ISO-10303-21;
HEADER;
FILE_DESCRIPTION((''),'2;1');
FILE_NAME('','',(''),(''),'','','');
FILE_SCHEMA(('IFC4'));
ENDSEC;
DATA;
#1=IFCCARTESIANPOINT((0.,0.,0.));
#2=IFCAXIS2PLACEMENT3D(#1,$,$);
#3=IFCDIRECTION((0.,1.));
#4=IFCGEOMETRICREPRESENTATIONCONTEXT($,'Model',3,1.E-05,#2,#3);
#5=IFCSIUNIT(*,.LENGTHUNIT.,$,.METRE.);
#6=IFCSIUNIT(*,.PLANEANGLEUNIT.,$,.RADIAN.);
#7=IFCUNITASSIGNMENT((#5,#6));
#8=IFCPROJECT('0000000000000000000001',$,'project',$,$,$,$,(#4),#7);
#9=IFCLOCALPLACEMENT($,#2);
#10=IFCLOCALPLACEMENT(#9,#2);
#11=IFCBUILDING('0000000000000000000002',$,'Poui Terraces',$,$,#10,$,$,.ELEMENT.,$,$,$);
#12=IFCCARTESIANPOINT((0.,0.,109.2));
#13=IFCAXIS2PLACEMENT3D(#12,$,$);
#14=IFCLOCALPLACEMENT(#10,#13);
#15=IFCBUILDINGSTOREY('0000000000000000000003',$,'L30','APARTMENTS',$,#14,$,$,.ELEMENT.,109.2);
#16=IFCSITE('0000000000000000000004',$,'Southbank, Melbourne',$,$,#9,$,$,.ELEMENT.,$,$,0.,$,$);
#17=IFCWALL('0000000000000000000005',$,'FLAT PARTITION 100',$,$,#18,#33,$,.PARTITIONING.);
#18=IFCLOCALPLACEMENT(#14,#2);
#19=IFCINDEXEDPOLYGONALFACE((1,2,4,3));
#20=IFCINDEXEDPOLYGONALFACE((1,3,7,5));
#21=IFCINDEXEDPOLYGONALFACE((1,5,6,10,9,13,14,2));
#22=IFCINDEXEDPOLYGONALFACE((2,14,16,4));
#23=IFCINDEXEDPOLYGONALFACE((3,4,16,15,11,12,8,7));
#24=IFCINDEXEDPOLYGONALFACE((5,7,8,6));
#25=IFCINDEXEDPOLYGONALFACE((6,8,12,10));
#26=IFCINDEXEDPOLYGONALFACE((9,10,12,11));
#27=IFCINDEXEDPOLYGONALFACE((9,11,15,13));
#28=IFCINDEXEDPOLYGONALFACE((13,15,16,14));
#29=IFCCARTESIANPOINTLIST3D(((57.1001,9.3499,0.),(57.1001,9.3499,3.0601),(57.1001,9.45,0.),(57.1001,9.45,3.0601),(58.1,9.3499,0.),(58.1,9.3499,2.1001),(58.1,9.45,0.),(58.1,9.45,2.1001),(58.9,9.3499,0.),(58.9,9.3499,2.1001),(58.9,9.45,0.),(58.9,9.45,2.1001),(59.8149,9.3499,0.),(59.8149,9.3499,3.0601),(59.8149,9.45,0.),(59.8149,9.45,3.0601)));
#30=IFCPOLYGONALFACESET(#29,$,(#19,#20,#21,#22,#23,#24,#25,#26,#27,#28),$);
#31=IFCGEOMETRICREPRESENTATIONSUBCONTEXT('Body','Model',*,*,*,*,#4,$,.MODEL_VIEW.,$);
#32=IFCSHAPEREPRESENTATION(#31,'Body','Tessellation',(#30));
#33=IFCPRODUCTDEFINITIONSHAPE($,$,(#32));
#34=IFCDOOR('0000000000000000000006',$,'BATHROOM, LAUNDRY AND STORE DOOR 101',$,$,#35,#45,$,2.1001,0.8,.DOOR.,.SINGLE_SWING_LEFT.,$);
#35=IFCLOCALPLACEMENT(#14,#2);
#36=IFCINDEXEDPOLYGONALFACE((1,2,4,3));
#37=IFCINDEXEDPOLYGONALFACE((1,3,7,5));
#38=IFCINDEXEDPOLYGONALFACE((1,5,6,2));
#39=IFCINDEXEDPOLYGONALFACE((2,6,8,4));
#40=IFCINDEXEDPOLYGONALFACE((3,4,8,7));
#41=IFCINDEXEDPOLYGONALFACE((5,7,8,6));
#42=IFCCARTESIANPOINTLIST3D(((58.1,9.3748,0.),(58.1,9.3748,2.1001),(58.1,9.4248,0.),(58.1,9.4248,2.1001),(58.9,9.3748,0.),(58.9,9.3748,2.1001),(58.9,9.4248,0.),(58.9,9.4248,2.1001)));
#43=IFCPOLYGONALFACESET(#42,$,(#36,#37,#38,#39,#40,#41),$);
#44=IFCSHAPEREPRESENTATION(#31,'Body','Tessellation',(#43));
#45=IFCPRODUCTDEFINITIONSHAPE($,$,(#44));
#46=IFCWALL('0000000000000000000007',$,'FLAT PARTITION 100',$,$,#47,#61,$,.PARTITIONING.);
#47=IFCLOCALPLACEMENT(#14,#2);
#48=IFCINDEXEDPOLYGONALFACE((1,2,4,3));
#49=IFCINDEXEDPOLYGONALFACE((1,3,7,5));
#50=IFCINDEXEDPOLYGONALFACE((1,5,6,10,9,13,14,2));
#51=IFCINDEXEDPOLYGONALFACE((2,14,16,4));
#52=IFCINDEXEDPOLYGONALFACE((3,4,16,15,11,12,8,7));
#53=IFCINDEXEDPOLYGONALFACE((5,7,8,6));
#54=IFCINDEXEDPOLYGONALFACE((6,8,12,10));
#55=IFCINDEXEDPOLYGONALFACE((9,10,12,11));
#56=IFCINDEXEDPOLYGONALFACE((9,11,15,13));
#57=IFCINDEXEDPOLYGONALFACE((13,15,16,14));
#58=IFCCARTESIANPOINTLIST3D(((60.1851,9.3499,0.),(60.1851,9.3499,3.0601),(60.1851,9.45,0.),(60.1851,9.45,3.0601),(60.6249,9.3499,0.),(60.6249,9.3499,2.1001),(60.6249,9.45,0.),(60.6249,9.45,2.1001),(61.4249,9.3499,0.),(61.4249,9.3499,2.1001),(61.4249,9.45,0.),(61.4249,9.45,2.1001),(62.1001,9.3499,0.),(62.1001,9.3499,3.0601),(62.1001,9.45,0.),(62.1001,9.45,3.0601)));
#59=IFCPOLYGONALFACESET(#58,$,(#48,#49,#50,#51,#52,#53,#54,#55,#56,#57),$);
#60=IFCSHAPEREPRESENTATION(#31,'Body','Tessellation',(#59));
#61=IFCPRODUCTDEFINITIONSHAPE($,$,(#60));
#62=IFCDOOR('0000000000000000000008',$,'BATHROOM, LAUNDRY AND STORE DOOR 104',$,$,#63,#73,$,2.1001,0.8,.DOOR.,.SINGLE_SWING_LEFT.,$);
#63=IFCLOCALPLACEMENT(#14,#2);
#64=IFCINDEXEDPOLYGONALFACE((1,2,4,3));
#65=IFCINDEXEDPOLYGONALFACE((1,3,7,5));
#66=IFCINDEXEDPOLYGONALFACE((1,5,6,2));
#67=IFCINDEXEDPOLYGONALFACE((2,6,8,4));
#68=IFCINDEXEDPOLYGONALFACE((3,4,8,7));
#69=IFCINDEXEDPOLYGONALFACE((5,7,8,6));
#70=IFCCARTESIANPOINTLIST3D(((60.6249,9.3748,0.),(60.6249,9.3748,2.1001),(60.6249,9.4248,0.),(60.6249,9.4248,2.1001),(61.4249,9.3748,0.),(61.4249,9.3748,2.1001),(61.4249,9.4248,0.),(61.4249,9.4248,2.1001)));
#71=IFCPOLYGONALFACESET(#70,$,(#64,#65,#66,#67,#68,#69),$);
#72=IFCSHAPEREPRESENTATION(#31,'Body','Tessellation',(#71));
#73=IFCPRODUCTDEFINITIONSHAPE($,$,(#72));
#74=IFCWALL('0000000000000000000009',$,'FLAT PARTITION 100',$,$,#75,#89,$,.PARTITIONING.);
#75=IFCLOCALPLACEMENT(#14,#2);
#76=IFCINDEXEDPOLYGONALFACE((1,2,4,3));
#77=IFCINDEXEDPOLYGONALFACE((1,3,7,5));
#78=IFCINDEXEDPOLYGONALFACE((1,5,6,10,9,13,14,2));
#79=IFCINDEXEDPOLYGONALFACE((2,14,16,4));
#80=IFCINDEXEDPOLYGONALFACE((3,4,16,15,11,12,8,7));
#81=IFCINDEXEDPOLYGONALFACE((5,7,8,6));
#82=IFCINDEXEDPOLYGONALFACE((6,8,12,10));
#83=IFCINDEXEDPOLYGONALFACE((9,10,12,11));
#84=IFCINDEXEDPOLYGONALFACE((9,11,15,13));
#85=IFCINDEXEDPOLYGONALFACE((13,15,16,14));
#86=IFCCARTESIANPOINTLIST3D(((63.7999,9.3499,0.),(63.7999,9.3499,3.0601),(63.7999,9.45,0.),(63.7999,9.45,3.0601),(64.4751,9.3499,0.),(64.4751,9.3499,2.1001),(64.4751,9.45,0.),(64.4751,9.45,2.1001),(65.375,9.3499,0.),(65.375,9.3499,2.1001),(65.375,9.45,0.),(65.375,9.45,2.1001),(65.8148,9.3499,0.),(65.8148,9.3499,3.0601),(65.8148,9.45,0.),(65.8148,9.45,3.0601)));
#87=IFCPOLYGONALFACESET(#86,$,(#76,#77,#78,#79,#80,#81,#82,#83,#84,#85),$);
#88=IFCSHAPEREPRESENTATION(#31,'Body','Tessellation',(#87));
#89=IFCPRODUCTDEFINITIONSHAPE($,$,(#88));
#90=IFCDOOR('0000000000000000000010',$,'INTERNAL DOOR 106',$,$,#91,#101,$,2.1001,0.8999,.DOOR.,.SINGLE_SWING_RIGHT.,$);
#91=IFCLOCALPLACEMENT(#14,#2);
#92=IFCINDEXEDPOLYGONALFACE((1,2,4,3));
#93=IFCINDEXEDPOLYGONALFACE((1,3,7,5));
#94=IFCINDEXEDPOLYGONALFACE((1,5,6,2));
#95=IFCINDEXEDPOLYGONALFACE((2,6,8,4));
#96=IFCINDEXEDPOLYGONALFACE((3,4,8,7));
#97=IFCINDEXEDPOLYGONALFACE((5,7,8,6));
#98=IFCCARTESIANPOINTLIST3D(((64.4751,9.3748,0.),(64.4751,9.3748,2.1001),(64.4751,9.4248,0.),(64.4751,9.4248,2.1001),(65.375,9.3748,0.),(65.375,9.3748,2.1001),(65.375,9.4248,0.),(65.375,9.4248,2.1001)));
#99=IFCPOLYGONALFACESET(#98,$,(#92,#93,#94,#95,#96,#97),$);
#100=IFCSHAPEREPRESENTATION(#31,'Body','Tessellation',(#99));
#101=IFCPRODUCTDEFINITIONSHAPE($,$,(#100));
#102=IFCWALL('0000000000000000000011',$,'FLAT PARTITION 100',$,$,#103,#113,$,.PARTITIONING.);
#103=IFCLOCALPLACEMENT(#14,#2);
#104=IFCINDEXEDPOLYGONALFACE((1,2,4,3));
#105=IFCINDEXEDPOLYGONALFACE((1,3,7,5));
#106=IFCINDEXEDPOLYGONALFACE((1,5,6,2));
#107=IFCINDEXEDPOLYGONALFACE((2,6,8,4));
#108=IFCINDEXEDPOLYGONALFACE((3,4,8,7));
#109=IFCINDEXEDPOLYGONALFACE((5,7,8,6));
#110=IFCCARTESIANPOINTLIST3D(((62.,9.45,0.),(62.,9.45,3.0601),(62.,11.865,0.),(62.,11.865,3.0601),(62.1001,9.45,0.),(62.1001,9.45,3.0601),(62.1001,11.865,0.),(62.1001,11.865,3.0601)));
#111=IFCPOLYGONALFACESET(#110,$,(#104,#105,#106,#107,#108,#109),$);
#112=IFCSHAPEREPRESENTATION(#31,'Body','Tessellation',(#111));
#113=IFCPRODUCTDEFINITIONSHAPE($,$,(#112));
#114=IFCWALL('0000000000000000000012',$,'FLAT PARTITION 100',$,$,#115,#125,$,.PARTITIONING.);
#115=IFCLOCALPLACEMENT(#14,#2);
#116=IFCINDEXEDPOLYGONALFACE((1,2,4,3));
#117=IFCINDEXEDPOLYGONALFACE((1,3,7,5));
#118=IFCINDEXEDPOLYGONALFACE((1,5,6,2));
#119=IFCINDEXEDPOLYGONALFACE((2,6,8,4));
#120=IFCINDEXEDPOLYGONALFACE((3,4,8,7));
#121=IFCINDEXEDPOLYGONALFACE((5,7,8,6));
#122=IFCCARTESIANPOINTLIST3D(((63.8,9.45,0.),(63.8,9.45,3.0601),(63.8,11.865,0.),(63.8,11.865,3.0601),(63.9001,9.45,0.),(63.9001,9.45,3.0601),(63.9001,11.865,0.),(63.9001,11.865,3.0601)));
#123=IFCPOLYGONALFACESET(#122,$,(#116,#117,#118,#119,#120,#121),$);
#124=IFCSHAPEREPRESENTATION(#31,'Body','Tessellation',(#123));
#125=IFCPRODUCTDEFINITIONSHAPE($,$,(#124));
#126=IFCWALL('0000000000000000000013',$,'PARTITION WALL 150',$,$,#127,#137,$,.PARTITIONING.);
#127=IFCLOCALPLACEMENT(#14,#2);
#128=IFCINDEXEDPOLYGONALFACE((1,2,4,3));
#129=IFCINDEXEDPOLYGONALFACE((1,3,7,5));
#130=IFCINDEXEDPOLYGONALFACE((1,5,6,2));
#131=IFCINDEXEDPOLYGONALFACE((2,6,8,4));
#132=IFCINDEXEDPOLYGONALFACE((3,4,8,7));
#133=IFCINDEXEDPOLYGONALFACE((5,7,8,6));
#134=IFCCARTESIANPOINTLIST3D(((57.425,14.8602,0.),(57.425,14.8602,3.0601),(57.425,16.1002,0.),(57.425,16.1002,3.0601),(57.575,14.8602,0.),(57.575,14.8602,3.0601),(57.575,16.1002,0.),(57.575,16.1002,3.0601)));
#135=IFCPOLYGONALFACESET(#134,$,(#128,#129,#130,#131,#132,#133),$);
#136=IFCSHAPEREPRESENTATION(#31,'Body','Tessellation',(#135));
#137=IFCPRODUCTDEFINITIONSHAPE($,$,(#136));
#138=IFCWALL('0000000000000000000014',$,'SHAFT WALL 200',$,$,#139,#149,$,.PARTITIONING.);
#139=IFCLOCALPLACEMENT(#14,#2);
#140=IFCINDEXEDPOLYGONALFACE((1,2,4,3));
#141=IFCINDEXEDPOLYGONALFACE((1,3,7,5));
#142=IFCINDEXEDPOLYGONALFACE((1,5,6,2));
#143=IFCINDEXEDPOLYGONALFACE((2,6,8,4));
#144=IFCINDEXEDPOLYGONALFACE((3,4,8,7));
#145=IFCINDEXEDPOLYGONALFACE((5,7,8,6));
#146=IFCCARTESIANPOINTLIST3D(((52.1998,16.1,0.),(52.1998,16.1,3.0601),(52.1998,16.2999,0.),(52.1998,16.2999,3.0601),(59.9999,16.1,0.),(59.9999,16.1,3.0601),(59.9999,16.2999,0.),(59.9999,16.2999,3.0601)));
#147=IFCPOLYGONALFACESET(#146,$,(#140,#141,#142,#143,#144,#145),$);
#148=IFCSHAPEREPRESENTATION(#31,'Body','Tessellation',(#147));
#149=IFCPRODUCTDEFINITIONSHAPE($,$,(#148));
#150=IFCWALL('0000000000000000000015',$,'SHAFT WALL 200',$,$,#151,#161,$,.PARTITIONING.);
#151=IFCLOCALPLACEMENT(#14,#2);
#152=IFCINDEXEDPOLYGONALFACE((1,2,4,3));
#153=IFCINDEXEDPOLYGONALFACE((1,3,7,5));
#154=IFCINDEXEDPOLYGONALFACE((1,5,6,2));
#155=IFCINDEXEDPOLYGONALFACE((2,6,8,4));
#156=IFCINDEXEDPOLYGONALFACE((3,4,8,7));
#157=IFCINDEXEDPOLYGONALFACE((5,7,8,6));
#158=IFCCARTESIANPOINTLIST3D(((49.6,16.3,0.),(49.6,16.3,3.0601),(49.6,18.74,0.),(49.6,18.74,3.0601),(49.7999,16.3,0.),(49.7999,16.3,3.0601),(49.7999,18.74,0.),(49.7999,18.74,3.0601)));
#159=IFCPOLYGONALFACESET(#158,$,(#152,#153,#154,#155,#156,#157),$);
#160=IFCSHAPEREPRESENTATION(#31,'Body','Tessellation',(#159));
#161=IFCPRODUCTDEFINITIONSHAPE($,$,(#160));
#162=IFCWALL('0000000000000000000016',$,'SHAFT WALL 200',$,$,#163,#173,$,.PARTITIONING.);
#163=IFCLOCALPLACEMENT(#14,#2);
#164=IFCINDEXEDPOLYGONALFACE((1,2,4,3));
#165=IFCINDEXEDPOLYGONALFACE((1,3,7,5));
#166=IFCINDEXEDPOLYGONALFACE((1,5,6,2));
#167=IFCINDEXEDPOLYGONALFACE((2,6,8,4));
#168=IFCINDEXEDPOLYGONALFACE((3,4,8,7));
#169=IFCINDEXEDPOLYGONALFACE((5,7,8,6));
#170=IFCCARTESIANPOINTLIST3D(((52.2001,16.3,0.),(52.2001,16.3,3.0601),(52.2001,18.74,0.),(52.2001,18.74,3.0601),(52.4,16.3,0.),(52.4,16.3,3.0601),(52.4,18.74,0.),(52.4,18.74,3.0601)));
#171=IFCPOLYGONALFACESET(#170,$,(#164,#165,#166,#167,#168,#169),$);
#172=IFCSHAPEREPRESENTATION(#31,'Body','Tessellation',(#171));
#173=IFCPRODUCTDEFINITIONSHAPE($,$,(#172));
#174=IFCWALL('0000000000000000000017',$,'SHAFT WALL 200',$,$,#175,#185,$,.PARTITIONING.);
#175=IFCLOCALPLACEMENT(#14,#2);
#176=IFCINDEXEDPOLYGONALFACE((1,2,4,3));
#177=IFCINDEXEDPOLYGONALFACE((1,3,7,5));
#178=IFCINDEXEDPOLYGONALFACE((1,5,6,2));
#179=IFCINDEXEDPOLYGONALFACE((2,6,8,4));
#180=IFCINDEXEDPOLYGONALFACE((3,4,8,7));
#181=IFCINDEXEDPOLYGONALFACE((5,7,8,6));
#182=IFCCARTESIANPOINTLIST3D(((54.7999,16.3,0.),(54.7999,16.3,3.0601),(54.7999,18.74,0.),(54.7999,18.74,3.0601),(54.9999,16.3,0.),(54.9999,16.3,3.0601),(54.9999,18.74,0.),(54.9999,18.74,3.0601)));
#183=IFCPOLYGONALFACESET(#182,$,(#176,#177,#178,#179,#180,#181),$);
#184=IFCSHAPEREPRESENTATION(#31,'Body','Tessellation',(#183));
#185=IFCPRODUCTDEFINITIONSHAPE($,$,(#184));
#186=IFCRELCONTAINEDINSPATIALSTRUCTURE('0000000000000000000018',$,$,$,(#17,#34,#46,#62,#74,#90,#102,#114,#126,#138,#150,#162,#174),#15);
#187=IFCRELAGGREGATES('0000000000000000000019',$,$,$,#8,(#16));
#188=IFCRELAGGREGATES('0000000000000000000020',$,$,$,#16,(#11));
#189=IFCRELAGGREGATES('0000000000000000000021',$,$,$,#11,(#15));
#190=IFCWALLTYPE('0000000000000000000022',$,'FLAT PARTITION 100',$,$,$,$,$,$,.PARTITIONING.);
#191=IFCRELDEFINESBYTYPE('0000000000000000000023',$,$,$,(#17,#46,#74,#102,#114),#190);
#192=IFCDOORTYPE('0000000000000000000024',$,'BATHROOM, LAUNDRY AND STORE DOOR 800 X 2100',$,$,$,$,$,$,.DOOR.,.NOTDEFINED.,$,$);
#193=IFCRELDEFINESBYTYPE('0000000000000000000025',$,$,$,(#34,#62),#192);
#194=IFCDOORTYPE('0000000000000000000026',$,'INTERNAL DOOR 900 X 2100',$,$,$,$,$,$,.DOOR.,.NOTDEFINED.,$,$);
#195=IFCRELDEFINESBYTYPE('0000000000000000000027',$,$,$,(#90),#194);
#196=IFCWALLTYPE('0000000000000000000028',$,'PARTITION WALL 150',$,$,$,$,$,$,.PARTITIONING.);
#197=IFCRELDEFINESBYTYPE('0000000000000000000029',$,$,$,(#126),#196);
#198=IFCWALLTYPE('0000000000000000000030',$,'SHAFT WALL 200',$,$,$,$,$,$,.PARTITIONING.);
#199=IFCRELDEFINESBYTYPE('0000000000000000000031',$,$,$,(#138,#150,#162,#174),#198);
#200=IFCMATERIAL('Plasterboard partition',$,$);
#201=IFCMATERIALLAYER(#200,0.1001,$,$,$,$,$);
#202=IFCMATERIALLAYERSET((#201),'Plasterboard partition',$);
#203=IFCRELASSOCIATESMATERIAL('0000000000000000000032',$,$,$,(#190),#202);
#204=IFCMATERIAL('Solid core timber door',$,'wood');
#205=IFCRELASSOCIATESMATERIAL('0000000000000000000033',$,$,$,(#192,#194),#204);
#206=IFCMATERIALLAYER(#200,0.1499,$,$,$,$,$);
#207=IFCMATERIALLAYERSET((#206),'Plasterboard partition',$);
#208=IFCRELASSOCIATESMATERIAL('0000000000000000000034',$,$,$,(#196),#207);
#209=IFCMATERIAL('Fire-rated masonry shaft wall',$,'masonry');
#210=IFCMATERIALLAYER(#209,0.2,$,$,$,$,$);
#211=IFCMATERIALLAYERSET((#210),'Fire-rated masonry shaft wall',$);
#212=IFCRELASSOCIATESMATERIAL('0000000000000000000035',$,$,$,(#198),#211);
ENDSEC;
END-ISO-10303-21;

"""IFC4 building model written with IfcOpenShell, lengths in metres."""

from ifc_helpers import new_model, si_unit, direction, frame, frame_2d, origin, place, context, subcontext, project, spatial, rectangle, extrude, material, layer, layer_set, type_object, element, fill, save


model = new_model("IFC4")

# Units and contexts
model_context = context("Model", 3, precision=1e-05, world=origin(), true_north=direction((0.0, 1.0)))
body_context = subcontext(model_context, "Body", "Model", "MODEL_VIEW")
ifc_project = project(units=[si_unit("LENGTHUNIT", "METRE"), si_unit("PLANEANGLEUNIT", "RADIAN")], contexts=[model_context])

# Site, building, storey
site_placement = place(None, origin())
site = spatial("IfcSite", under=ifc_project, at=site_placement, Name="Southbank, Melbourne", CompositionType="ELEMENT", RefElevation=0.0)
building_placement = place(site_placement, origin())
building = spatial("IfcBuilding", under=site, at=building_placement, Name="Poui Terraces", CompositionType="ELEMENT")
storey_placement = place(building_placement, frame((0.0, 0.0, 109.2)))
storey = spatial("IfcBuildingStorey", under=building, at=storey_placement, Name="L30", Description="APARTMENTS", CompositionType="ELEMENT", Elevation=109.2)

# Walls, openings, doors
ifc_material_1 = material(Name="Plasterboard partition")
ifc_layer_1 = layer(ifc_material_1, 0.1001)
ifc_layer_set_1 = layer_set([ifc_layer_1], Name="Plasterboard partition")
wall_type_1 = type_object("IfcWallType", Name="FLAT PARTITION 100", PredefinedType="PARTITIONING", material=ifc_layer_set_1)
wall_1_placement = place(storey_placement, frame((57.1001, 9.3999, 0.0), z_axis=(0.0, 0.0, 1.0), x_axis=(1.0, 0.0, 0.0)))
wall_1 = element("IfcWall", 1, at=wall_1_placement, inside=storey, type_object=wall_type_1, Name="FLAT PARTITION 100", PredefinedType="PARTITIONING", context=body_context, shape_type="SweptSolid", body=[
    extrude(rectangle(XDim=2.7148, YDim=0.1001, at=frame_2d((1.3574, 0.0))), origin(), (0.0, 0.0, 1.0), 3.0601),
])
opening_1_placement = place(wall_1_placement, frame((1.0, 0.0, 0.0)))
opening_1 = element("IfcOpeningElement", 2, at=opening_1_placement, cuts=wall_1, PredefinedType="OPENING", context=body_context, shape_type="SweptSolid", body=[
    extrude(rectangle(XDim=0.8, YDim=2.1001, at=frame_2d((0.3999, 1.05))), frame((0.0, 0.0601, 0.0), z_axis=(0.0, -1.0, 0.0), x_axis=(1.0, 0.0, 0.0)), (0.0, 0.0, 1.0), 0.1201),
])
ifc_material_2 = material(Name="Solid core timber door", Category="wood")
door_type_1 = type_object("IfcDoorType", Name="BATHROOM, LAUNDRY AND STORE DOOR 800 X 2100", OperationType="NOTDEFINED", PredefinedType="DOOR", material=ifc_material_2)
door_1_placement = place(opening_1_placement, origin())
door_1 = element("IfcDoor", 3, at=door_1_placement, inside=storey, type_object=door_type_1, Name="BATHROOM, LAUNDRY AND STORE DOOR 101", OperationType="SINGLE_SWING_LEFT", OverallHeight=2.1001, OverallWidth=0.8, PredefinedType="DOOR", context=body_context, shape_type="SweptSolid", body=[
    extrude(rectangle(XDim=0.8, YDim=2.1001, at=frame_2d((0.3999, 1.05))), frame((0.0, 0.0249, 0.0), z_axis=(0.0, -1.0, 0.0), x_axis=(1.0, 0.0, 0.0)), (0.0, 0.0, 1.0), 0.05),
])
fill(opening_1, door_1)
wall_2_placement = place(storey_placement, frame((60.1851, 9.3999, 0.0), z_axis=(0.0, 0.0, 1.0), x_axis=(1.0, 0.0, 0.0)))
wall_2 = element("IfcWall", 4, at=wall_2_placement, inside=storey, type_object=wall_type_1, Name="FLAT PARTITION 100", PredefinedType="PARTITIONING", context=body_context, shape_type="SweptSolid", body=[
    extrude(rectangle(XDim=1.915, YDim=0.1001, at=frame_2d((0.9575, 0.0))), origin(), (0.0, 0.0, 1.0), 3.0601),
])
opening_2_placement = place(wall_2_placement, frame((0.4399, 0.0, 0.0)))
opening_2 = element("IfcOpeningElement", 5, at=opening_2_placement, cuts=wall_2, PredefinedType="OPENING", context=body_context, shape_type="SweptSolid", body=[
    extrude(rectangle(XDim=0.8, YDim=2.1001, at=frame_2d((0.3999, 1.05))), frame((0.0, 0.0601, 0.0), z_axis=(0.0, -1.0, 0.0), x_axis=(1.0, 0.0, 0.0)), (0.0, 0.0, 1.0), 0.1201),
])
door_2_placement = place(opening_2_placement, origin())
door_2 = element("IfcDoor", 6, at=door_2_placement, inside=storey, type_object=door_type_1, Name="BATHROOM, LAUNDRY AND STORE DOOR 104", OperationType="SINGLE_SWING_LEFT", OverallHeight=2.1001, OverallWidth=0.8, PredefinedType="DOOR", context=body_context, shape_type="SweptSolid", body=[
    extrude(rectangle(XDim=0.8, YDim=2.1001, at=frame_2d((0.3999, 1.05))), frame((0.0, 0.0249, 0.0), z_axis=(0.0, -1.0, 0.0), x_axis=(1.0, 0.0, 0.0)), (0.0, 0.0, 1.0), 0.05),
])
fill(opening_2, door_2)
wall_3_placement = place(storey_placement, frame((63.8, 9.3999, 0.0), z_axis=(0.0, 0.0, 1.0), x_axis=(1.0, 0.0, 0.0)))
wall_3 = element("IfcWall", 7, at=wall_3_placement, inside=storey, type_object=wall_type_1, Name="FLAT PARTITION 100", PredefinedType="PARTITIONING", context=body_context, shape_type="SweptSolid", body=[
    extrude(rectangle(XDim=2.0149, YDim=0.1001, at=frame_2d((1.0073, 0.0))), origin(), (0.0, 0.0, 1.0), 3.0601),
])
opening_3_placement = place(wall_3_placement, frame((0.675, 0.0, 0.0)))
opening_3 = element("IfcOpeningElement", 8, at=opening_3_placement, cuts=wall_3, PredefinedType="OPENING", context=body_context, shape_type="SweptSolid", body=[
    extrude(rectangle(XDim=0.8999, YDim=2.1001, at=frame_2d((0.45, 1.05))), frame((0.0, 0.0601, 0.0), z_axis=(0.0, -1.0, 0.0), x_axis=(1.0, 0.0, 0.0)), (0.0, 0.0, 1.0), 0.1201),
])
door_type_2 = type_object("IfcDoorType", Name="INTERNAL DOOR 900 X 2100", OperationType="NOTDEFINED", PredefinedType="DOOR", material=ifc_material_2)
door_3_placement = place(opening_3_placement, origin())
door_3 = element("IfcDoor", 9, at=door_3_placement, inside=storey, type_object=door_type_2, Name="INTERNAL DOOR 106", OperationType="SINGLE_SWING_RIGHT", OverallHeight=2.1001, OverallWidth=0.8999, PredefinedType="DOOR", context=body_context, shape_type="SweptSolid", body=[
    extrude(rectangle(XDim=0.8999, YDim=2.1001, at=frame_2d((0.45, 1.05))), frame((0.0, 0.0249, 0.0), z_axis=(0.0, -1.0, 0.0), x_axis=(1.0, 0.0, 0.0)), (0.0, 0.0, 1.0), 0.05),
])
fill(opening_3, door_3)

# Walls
for number, where, z_axis, x_axis, name in (
    (10, (62.05, 9.45, 0.0), (0.0, 0.0, 1.0), (0.0, 1.0, 0.0), "FLAT PARTITION 100"),
    (11, (63.8501, 9.45, 0.0), (0.0, 0.0, 1.0), (0.0, 1.0, 0.0), "FLAT PARTITION 100"),
):
    element("IfcWall", number, at=place(storey_placement, frame(where, z_axis=z_axis, x_axis=x_axis)), inside=storey, type_object=wall_type_1, Name=name, PredefinedType="PARTITIONING", context=body_context, shape_type="SweptSolid", body=[
        extrude(rectangle(XDim=2.415, YDim=0.1001, at=frame_2d((1.2075, 0.0))), origin(), (0.0, 0.0, 1.0), 3.0601),
    ])
ifc_layer_2 = layer(ifc_material_1, 0.1499)
ifc_layer_set_2 = layer_set([ifc_layer_2], Name="Plasterboard partition")
wall_type_2 = type_object("IfcWallType", Name="PARTITION WALL 150", PredefinedType="PARTITIONING", material=ifc_layer_set_2)
wall_4_placement = place(storey_placement, frame((57.5, 14.8601, 0.0), z_axis=(0.0, 0.0, 1.0), x_axis=(0.0, 1.0, 0.0)))
element("IfcWall", 12, at=wall_4_placement, inside=storey, type_object=wall_type_2, Name="PARTITION WALL 150", PredefinedType="PARTITIONING", context=body_context, shape_type="SweptSolid", body=[
    extrude(rectangle(XDim=1.24, YDim=0.1499, at=frame_2d((0.6201, 0.0))), origin(), (0.0, 0.0, 1.0), 3.0601),
])
ifc_material_3 = material(Name="Fire-rated masonry shaft wall", Category="masonry")
ifc_layer_3 = layer(ifc_material_3, 0.2)
ifc_layer_set_3 = layer_set([ifc_layer_3], Name="Fire-rated masonry shaft wall")
wall_type_3 = type_object("IfcWallType", Name="SHAFT WALL 200", PredefinedType="PARTITIONING", material=ifc_layer_set_3)
wall_5_placement = place(storey_placement, frame((52.2, 16.2, 0.0), z_axis=(0.0, 0.0, 1.0), x_axis=(1.0, 0.0, 0.0)))
element("IfcWall", 13, at=wall_5_placement, inside=storey, type_object=wall_type_3, Name="SHAFT WALL 200", PredefinedType="PARTITIONING", context=body_context, shape_type="SweptSolid", body=[
    extrude(rectangle(XDim=7.8, YDim=0.2, at=frame_2d((3.8999, 0.0))), origin(), (0.0, 0.0, 1.0), 3.0601),
])
for number, where, z_axis, x_axis, name in (
    (14, (49.7, 16.3, 0.0), (0.0, 0.0, 1.0), (0.0, 1.0, 0.0), "SHAFT WALL 200"),
    (15, (52.3, 16.3, 0.0), (0.0, 0.0, 1.0), (0.0, 1.0, 0.0), "SHAFT WALL 200"),
    (16, (54.8999, 16.3, 0.0), (0.0, 0.0, 1.0), (0.0, 1.0, 0.0), "SHAFT WALL 200"),
):
    element("IfcWall", number, at=place(storey_placement, frame(where, z_axis=z_axis, x_axis=x_axis)), inside=storey, type_object=wall_type_3, Name=name, PredefinedType="PARTITIONING", context=body_context, shape_type="SweptSolid", body=[
        extrude(rectangle(XDim=2.4399, YDim=0.2, at=frame_2d((1.22, 0.0))), origin(), (0.0, 0.0, 1.0), 3.0601),
    ])

save(model, "model.ifc")
